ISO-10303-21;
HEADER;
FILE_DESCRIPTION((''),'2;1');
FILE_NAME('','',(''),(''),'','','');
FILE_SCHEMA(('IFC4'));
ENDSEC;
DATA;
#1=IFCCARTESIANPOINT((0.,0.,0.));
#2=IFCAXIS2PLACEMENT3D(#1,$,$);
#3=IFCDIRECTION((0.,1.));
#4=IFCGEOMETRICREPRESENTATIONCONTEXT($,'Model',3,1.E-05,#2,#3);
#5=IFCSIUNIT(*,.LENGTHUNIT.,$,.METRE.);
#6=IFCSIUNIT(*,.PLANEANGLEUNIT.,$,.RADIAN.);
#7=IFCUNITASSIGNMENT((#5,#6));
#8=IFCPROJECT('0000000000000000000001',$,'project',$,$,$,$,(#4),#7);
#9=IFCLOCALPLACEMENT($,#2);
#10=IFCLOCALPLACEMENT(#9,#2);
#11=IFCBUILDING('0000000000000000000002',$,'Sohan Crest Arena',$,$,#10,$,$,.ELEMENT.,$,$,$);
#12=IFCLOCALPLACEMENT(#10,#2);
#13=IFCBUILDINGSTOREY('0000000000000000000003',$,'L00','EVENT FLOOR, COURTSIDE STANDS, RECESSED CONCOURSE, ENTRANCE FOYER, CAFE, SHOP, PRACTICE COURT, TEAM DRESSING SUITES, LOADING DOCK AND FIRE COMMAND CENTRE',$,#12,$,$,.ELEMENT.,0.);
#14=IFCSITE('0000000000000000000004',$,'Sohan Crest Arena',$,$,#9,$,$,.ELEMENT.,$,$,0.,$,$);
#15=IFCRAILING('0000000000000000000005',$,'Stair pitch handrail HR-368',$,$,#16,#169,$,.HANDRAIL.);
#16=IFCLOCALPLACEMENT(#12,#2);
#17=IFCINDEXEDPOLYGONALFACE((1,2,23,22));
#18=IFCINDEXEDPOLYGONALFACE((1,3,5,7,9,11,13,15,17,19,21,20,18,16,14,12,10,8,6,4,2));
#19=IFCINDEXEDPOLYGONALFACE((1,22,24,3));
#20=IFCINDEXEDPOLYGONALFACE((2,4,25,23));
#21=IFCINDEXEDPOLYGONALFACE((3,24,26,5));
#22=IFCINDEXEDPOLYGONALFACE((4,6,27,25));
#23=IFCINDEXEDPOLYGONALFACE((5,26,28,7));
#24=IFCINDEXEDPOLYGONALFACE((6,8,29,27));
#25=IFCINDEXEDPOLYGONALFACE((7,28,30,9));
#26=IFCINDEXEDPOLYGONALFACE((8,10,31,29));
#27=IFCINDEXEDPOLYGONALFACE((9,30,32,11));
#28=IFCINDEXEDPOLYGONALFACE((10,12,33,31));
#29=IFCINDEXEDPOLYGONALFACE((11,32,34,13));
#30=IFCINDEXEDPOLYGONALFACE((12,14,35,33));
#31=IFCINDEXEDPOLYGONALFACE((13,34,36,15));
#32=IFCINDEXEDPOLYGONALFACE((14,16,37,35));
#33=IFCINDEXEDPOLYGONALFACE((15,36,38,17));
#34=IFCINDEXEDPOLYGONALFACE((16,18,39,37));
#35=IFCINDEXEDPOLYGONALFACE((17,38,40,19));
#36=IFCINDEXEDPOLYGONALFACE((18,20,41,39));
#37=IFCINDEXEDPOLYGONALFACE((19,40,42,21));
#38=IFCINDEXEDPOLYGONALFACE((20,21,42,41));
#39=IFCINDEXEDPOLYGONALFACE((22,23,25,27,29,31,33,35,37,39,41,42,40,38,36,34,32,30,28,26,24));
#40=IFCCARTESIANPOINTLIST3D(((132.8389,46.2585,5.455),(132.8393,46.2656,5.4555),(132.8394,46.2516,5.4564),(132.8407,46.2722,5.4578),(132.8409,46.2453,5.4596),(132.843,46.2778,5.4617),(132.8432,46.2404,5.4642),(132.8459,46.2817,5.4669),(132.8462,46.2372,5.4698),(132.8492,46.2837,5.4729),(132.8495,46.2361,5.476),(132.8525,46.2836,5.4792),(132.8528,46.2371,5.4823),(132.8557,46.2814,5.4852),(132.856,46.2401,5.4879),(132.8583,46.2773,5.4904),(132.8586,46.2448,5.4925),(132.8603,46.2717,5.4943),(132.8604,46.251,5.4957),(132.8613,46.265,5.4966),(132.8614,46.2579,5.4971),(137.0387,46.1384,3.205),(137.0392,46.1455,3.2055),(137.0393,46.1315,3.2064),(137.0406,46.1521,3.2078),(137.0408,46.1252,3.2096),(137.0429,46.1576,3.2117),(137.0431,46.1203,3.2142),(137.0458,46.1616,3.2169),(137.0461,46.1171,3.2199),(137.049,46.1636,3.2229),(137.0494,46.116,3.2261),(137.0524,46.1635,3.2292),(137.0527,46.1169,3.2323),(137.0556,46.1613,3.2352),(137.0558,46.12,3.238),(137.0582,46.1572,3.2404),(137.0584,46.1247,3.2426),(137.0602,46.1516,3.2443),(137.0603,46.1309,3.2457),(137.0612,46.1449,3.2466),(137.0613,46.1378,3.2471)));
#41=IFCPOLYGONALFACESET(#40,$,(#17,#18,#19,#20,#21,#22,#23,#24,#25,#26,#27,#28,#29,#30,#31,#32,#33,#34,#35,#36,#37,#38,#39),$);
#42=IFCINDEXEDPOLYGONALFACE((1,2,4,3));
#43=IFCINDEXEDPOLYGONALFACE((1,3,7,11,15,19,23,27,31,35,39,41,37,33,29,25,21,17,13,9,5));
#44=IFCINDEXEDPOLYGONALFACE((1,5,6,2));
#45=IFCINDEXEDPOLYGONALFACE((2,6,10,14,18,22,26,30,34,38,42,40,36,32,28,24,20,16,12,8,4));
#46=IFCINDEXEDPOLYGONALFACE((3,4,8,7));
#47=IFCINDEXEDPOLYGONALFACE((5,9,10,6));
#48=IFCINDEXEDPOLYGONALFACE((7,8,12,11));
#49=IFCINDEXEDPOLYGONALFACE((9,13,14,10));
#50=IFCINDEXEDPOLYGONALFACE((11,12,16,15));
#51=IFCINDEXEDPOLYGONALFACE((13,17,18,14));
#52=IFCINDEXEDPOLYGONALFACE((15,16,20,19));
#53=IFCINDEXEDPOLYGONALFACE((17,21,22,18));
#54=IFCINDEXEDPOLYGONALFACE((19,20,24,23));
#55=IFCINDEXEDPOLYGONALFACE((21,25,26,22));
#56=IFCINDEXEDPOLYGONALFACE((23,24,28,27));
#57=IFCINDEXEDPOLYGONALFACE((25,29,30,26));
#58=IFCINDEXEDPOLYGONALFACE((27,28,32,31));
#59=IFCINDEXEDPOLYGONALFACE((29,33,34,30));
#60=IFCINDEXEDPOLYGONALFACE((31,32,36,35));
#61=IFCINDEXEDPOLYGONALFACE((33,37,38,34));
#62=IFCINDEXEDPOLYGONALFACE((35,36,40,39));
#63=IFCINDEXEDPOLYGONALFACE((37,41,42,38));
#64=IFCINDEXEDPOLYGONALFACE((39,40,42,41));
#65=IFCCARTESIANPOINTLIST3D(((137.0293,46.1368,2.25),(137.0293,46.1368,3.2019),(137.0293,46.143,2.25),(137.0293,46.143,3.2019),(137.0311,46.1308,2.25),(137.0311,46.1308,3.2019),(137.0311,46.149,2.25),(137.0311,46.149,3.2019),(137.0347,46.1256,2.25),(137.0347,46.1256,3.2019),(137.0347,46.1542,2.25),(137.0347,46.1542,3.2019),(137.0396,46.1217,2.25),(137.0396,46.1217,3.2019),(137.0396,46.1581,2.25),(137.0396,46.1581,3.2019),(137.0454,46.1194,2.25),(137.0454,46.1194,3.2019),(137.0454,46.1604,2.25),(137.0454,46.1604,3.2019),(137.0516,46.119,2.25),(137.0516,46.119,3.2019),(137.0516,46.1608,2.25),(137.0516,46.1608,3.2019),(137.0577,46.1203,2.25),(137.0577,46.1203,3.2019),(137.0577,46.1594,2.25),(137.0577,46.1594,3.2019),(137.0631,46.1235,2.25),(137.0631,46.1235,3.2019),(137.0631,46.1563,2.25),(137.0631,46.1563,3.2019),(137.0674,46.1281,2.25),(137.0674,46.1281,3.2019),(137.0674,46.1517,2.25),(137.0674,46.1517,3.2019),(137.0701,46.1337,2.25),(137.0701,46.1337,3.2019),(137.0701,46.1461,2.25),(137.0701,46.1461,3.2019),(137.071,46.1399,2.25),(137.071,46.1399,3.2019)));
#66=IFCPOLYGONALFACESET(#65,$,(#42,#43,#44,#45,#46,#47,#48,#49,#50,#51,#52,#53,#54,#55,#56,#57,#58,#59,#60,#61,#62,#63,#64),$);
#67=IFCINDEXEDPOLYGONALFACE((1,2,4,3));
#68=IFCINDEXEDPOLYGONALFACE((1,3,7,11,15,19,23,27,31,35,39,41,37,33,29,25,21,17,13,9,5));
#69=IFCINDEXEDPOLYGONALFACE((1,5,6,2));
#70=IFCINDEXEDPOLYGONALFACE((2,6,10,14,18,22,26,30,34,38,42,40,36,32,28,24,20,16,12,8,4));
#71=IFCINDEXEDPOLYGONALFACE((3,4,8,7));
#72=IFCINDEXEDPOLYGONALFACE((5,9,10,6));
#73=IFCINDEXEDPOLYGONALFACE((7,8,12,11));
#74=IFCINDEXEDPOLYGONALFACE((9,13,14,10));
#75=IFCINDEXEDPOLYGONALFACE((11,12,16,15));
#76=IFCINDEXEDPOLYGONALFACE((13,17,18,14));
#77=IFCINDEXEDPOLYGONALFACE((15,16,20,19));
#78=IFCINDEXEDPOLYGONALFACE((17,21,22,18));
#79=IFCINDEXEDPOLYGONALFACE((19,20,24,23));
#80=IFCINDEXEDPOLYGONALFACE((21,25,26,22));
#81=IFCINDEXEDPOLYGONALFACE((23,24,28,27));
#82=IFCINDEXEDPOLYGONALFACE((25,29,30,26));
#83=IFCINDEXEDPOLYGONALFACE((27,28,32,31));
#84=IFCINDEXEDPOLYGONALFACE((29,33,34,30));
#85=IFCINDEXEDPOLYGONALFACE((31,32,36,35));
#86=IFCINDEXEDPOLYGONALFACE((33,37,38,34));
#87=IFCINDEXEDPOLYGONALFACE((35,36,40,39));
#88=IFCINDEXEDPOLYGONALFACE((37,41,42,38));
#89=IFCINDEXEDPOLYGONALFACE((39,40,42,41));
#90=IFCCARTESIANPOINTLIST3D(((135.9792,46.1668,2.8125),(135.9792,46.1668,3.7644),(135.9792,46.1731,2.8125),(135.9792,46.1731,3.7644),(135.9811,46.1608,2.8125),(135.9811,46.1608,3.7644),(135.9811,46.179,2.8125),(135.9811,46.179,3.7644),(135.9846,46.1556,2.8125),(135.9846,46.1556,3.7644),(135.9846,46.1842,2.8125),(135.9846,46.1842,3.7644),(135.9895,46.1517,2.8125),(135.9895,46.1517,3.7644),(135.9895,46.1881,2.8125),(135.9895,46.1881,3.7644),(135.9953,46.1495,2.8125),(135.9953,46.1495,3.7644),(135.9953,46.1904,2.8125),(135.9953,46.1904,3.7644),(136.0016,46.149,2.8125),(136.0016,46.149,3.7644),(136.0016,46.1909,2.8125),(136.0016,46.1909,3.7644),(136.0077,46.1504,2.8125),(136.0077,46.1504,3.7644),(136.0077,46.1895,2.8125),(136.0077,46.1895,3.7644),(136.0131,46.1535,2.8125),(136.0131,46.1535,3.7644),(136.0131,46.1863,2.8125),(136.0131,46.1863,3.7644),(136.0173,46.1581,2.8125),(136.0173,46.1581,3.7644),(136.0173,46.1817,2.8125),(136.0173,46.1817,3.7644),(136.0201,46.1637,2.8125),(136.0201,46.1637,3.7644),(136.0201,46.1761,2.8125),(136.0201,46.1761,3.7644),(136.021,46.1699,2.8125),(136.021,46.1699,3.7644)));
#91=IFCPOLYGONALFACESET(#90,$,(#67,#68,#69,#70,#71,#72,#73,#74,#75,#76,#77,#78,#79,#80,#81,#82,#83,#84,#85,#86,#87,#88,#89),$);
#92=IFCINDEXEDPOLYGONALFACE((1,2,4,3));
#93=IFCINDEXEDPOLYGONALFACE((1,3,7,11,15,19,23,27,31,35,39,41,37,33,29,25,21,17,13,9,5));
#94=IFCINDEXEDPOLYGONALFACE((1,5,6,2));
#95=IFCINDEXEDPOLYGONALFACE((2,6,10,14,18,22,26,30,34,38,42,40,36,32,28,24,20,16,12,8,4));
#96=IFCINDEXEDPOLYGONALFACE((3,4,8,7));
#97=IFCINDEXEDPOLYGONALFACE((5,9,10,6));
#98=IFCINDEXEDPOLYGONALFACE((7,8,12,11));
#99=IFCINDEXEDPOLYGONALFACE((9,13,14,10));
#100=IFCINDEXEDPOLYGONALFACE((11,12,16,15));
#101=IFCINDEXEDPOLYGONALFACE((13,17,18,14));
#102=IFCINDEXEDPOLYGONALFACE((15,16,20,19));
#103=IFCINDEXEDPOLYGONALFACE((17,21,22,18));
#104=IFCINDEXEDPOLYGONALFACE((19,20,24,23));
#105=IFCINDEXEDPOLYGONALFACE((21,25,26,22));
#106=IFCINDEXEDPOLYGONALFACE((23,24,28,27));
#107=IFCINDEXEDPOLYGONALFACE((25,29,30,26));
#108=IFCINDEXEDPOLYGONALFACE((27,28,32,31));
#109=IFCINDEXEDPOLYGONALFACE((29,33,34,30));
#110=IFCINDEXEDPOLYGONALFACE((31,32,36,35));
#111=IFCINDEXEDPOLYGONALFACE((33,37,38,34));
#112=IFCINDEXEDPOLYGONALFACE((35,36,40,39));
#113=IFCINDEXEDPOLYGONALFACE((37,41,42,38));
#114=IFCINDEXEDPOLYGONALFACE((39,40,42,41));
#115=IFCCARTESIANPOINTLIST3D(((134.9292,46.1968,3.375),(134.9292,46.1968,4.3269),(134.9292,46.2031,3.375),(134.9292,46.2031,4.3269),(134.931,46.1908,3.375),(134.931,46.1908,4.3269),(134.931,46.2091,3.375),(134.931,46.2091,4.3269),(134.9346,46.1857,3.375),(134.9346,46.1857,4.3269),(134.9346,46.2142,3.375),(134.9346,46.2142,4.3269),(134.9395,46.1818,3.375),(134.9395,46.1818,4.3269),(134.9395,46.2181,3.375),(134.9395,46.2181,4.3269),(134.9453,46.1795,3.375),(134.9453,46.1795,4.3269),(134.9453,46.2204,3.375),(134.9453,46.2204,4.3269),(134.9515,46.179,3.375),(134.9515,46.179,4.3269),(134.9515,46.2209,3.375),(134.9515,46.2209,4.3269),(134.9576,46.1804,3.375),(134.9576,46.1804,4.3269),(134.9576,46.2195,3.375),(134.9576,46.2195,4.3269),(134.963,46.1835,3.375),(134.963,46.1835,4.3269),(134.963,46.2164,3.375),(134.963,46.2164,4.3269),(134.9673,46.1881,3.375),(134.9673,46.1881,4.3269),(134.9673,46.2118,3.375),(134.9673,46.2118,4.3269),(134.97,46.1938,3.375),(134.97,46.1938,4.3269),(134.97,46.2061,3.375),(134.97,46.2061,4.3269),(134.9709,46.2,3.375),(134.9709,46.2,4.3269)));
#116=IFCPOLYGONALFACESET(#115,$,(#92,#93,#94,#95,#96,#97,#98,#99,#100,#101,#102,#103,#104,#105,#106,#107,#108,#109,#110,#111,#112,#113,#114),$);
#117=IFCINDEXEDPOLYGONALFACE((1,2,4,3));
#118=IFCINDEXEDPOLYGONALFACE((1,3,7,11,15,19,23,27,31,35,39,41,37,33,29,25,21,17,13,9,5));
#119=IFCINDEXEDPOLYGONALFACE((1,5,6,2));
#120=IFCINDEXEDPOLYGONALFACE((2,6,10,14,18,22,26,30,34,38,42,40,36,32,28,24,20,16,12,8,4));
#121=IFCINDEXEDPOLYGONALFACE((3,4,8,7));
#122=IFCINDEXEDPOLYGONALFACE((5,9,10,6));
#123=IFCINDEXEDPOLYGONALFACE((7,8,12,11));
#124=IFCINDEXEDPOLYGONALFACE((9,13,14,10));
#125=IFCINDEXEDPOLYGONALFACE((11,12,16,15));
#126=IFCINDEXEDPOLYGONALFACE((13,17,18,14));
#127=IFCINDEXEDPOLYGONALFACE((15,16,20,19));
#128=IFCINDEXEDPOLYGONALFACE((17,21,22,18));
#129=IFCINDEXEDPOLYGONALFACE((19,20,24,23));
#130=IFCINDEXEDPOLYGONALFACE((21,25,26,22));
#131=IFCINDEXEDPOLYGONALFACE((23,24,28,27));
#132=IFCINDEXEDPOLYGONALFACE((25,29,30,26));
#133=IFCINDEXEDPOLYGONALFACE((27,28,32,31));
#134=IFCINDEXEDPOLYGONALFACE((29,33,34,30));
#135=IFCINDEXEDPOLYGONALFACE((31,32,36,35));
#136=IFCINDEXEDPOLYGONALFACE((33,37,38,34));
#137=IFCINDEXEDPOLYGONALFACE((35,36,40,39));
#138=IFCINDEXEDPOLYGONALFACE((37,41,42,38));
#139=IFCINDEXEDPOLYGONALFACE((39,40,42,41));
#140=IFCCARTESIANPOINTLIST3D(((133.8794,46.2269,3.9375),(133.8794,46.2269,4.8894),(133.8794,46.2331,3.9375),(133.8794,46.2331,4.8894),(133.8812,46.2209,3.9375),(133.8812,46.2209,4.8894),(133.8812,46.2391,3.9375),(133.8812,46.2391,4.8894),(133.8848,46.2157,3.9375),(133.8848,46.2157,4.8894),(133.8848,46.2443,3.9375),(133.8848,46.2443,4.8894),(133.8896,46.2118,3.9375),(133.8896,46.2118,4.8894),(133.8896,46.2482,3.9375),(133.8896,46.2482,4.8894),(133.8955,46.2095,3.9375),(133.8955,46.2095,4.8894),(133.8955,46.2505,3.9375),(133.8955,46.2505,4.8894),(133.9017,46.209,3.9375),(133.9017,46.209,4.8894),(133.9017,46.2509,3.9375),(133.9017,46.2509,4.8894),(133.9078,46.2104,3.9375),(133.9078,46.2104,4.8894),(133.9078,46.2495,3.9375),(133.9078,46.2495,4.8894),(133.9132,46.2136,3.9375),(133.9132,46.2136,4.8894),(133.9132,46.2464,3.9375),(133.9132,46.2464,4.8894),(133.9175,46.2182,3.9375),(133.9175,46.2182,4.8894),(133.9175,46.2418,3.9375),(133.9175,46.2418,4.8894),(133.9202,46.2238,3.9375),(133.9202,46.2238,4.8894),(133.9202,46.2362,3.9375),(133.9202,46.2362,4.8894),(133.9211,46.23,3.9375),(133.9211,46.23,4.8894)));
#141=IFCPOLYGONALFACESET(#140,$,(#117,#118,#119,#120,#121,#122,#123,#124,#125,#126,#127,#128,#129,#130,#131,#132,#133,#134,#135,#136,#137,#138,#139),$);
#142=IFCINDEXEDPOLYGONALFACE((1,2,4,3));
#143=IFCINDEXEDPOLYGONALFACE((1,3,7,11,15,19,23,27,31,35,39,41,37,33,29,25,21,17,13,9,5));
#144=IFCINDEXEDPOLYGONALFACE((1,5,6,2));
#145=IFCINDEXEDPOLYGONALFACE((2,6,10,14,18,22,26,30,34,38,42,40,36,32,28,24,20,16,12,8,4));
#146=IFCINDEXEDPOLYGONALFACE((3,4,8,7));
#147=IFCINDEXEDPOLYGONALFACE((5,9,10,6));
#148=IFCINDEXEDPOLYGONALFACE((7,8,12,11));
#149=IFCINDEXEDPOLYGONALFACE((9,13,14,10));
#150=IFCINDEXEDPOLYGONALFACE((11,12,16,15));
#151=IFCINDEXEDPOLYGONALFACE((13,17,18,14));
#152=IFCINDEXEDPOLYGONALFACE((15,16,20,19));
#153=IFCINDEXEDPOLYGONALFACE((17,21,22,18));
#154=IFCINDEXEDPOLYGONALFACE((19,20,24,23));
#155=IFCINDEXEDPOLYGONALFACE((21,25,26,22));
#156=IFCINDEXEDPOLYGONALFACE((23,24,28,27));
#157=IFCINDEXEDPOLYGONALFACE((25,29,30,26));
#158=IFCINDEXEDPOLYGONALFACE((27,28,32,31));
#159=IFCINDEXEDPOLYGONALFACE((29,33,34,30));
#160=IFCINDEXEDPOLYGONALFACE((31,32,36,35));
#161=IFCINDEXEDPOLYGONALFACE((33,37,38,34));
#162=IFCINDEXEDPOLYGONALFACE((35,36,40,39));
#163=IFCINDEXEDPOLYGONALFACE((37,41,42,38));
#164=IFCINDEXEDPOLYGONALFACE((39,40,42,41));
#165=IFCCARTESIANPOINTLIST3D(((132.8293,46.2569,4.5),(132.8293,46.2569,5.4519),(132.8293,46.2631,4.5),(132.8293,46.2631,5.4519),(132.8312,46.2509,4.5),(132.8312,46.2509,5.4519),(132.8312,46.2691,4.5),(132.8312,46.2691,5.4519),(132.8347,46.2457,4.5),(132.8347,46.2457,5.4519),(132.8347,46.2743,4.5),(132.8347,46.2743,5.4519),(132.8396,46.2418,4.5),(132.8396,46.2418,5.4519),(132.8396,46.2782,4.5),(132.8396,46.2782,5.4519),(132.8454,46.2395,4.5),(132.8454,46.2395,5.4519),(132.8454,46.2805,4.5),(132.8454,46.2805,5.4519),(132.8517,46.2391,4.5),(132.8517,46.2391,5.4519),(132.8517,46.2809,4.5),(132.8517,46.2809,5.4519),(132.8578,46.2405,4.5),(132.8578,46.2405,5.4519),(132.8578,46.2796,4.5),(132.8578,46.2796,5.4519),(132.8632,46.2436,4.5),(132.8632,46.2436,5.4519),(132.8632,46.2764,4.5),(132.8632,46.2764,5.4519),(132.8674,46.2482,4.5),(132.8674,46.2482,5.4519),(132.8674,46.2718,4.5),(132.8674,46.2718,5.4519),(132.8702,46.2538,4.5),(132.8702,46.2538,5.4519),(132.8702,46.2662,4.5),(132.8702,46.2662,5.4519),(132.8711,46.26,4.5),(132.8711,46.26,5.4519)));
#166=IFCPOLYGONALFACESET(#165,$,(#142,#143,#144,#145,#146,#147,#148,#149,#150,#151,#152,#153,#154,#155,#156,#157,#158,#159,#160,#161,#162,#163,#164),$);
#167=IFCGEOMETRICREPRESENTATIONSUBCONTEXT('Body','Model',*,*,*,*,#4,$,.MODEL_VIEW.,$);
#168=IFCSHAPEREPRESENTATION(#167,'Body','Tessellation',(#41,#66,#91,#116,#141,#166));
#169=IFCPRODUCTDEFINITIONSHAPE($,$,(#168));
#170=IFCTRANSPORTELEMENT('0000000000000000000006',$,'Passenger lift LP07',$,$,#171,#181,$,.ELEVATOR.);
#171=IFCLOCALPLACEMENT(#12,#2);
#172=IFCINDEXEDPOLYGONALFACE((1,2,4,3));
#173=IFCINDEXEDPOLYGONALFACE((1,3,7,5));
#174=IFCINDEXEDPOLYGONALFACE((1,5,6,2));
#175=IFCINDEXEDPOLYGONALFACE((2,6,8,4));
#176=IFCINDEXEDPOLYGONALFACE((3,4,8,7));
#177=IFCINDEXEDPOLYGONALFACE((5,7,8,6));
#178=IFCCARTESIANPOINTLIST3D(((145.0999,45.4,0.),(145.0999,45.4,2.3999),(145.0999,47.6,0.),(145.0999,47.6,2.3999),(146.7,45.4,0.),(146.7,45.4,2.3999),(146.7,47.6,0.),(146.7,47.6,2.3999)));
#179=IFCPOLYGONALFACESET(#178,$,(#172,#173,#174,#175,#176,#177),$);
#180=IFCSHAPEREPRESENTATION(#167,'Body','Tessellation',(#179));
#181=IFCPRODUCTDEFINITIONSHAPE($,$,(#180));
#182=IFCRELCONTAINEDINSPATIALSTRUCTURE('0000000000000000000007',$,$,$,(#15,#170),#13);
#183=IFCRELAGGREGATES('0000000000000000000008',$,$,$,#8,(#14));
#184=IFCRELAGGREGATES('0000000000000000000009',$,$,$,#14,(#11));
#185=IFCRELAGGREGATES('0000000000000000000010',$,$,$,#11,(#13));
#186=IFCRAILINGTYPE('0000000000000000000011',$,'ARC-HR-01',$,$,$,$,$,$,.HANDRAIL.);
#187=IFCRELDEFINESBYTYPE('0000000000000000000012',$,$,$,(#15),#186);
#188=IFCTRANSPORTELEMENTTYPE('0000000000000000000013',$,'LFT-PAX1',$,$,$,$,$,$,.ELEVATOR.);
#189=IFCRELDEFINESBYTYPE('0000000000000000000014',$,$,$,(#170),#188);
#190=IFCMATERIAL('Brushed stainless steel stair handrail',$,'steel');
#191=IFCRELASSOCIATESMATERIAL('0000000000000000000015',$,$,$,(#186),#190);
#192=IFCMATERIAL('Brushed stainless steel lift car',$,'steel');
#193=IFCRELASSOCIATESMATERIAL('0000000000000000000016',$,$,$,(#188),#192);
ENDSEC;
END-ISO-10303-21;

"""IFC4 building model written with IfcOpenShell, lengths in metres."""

from ifc_helpers import new_model, si_unit, direction, frame, origin, origin_2d, place, context, subcontext, project, spatial, rectangle, circle, extrude, material, type_object, element, save


model = new_model("IFC4")

# Units and contexts
model_context = context("Model", 3, precision=1e-05, world=origin(), true_north=direction((0.0, 1.0)))
body_context = subcontext(model_context, "Body", "Model", "MODEL_VIEW")
ifc_project = project(units=[si_unit("LENGTHUNIT", "METRE"), si_unit("PLANEANGLEUNIT", "RADIAN")], contexts=[model_context])

# Site, building, storey
site_placement = place(None, origin())
site = spatial("IfcSite", under=ifc_project, at=site_placement, Name="Sohan Crest Arena", CompositionType="ELEMENT", RefElevation=0.0)
building_placement = place(site_placement, origin())
building = spatial("IfcBuilding", under=site, at=building_placement, Name="Sohan Crest Arena", CompositionType="ELEMENT")
storey_placement = place(building_placement, origin())
storey = spatial("IfcBuildingStorey", under=building, at=storey_placement, Name="L00", Description="EVENT FLOOR, COURTSIDE STANDS, RECESSED CONCOURSE, ENTRANCE FOYER, CAFE, SHOP, PRACTICE COURT, TEAM DRESSING SUITES, LOADING DOCK AND FIRE COMMAND CENTRE", CompositionType="ELEMENT", Elevation=0.0)

# Railing
ifc_material_1 = material(Name="Brushed stainless steel stair handrail", Category="steel")
railing_type_1 = type_object("IfcRailingType", Name="ARC-HR-01", PredefinedType="HANDRAIL", material=ifc_material_1)
railing_1_placement = place(storey_placement, frame((137.05, 46.1399, 2.25)))
element("IfcRailing", 1, at=railing_1_placement, inside=storey, type_object=railing_type_1, Name="Stair pitch handrail HR-368", PredefinedType="HANDRAIL", context=body_context, shape_type="SweptSolid", body=[
    extrude(circle(Radius=0.0239, at=origin_2d()), frame((0.0, 0.0, 0.9761), z_axis=(-0.881198, 0.025202, 0.472076), x_axis=(-0.028588, -0.999591, 0.0)), (0.0, 0.0, 1.0), 4.7661),
    extrude(circle(Radius=0.021, at=origin_2d()), origin(), (0.0, 0.0, 1.0), 0.9519),
    extrude(circle(Radius=0.021, at=origin_2d()), frame((-1.05, 0.03, 0.5625)), (0.0, 0.0, 1.0), 0.9519),
    extrude(circle(Radius=0.021, at=origin_2d()), frame((-2.1001, 0.0601, 1.125)), (0.0, 0.0, 1.0), 0.9519),
    extrude(circle(Radius=0.021, at=origin_2d()), frame((-3.1499, 0.0901, 1.6875)), (0.0, 0.0, 1.0), 0.9519),
    extrude(circle(Radius=0.021, at=origin_2d()), frame((-4.2, 0.1201, 2.25)), (0.0, 0.0, 1.0), 0.9519),
])

# Transport element
ifc_material_2 = material(Name="Brushed stainless steel lift car", Category="steel")
transport_element_type = type_object("IfcTransportElementType", Name="LFT-PAX1", PredefinedType="ELEVATOR", material=ifc_material_2)
transport_element_placement = place(storey_placement, frame((145.8999, 46.5, 0.0), z_axis=(0.0, 0.0, 1.0), x_axis=(1.0, 0.0, 0.0)))
element("IfcTransportElement", 2, at=transport_element_placement, inside=storey, type_object=transport_element_type, Name="Passenger lift LP07", PredefinedType="ELEVATOR", context=body_context, shape_type="SweptSolid", body=[
    extrude(rectangle(XDim=1.6001, YDim=2.2, at=origin_2d()), origin(), (0.0, 0.0, 1.0), 2.3999),
])

save(model, "model.ifc")
